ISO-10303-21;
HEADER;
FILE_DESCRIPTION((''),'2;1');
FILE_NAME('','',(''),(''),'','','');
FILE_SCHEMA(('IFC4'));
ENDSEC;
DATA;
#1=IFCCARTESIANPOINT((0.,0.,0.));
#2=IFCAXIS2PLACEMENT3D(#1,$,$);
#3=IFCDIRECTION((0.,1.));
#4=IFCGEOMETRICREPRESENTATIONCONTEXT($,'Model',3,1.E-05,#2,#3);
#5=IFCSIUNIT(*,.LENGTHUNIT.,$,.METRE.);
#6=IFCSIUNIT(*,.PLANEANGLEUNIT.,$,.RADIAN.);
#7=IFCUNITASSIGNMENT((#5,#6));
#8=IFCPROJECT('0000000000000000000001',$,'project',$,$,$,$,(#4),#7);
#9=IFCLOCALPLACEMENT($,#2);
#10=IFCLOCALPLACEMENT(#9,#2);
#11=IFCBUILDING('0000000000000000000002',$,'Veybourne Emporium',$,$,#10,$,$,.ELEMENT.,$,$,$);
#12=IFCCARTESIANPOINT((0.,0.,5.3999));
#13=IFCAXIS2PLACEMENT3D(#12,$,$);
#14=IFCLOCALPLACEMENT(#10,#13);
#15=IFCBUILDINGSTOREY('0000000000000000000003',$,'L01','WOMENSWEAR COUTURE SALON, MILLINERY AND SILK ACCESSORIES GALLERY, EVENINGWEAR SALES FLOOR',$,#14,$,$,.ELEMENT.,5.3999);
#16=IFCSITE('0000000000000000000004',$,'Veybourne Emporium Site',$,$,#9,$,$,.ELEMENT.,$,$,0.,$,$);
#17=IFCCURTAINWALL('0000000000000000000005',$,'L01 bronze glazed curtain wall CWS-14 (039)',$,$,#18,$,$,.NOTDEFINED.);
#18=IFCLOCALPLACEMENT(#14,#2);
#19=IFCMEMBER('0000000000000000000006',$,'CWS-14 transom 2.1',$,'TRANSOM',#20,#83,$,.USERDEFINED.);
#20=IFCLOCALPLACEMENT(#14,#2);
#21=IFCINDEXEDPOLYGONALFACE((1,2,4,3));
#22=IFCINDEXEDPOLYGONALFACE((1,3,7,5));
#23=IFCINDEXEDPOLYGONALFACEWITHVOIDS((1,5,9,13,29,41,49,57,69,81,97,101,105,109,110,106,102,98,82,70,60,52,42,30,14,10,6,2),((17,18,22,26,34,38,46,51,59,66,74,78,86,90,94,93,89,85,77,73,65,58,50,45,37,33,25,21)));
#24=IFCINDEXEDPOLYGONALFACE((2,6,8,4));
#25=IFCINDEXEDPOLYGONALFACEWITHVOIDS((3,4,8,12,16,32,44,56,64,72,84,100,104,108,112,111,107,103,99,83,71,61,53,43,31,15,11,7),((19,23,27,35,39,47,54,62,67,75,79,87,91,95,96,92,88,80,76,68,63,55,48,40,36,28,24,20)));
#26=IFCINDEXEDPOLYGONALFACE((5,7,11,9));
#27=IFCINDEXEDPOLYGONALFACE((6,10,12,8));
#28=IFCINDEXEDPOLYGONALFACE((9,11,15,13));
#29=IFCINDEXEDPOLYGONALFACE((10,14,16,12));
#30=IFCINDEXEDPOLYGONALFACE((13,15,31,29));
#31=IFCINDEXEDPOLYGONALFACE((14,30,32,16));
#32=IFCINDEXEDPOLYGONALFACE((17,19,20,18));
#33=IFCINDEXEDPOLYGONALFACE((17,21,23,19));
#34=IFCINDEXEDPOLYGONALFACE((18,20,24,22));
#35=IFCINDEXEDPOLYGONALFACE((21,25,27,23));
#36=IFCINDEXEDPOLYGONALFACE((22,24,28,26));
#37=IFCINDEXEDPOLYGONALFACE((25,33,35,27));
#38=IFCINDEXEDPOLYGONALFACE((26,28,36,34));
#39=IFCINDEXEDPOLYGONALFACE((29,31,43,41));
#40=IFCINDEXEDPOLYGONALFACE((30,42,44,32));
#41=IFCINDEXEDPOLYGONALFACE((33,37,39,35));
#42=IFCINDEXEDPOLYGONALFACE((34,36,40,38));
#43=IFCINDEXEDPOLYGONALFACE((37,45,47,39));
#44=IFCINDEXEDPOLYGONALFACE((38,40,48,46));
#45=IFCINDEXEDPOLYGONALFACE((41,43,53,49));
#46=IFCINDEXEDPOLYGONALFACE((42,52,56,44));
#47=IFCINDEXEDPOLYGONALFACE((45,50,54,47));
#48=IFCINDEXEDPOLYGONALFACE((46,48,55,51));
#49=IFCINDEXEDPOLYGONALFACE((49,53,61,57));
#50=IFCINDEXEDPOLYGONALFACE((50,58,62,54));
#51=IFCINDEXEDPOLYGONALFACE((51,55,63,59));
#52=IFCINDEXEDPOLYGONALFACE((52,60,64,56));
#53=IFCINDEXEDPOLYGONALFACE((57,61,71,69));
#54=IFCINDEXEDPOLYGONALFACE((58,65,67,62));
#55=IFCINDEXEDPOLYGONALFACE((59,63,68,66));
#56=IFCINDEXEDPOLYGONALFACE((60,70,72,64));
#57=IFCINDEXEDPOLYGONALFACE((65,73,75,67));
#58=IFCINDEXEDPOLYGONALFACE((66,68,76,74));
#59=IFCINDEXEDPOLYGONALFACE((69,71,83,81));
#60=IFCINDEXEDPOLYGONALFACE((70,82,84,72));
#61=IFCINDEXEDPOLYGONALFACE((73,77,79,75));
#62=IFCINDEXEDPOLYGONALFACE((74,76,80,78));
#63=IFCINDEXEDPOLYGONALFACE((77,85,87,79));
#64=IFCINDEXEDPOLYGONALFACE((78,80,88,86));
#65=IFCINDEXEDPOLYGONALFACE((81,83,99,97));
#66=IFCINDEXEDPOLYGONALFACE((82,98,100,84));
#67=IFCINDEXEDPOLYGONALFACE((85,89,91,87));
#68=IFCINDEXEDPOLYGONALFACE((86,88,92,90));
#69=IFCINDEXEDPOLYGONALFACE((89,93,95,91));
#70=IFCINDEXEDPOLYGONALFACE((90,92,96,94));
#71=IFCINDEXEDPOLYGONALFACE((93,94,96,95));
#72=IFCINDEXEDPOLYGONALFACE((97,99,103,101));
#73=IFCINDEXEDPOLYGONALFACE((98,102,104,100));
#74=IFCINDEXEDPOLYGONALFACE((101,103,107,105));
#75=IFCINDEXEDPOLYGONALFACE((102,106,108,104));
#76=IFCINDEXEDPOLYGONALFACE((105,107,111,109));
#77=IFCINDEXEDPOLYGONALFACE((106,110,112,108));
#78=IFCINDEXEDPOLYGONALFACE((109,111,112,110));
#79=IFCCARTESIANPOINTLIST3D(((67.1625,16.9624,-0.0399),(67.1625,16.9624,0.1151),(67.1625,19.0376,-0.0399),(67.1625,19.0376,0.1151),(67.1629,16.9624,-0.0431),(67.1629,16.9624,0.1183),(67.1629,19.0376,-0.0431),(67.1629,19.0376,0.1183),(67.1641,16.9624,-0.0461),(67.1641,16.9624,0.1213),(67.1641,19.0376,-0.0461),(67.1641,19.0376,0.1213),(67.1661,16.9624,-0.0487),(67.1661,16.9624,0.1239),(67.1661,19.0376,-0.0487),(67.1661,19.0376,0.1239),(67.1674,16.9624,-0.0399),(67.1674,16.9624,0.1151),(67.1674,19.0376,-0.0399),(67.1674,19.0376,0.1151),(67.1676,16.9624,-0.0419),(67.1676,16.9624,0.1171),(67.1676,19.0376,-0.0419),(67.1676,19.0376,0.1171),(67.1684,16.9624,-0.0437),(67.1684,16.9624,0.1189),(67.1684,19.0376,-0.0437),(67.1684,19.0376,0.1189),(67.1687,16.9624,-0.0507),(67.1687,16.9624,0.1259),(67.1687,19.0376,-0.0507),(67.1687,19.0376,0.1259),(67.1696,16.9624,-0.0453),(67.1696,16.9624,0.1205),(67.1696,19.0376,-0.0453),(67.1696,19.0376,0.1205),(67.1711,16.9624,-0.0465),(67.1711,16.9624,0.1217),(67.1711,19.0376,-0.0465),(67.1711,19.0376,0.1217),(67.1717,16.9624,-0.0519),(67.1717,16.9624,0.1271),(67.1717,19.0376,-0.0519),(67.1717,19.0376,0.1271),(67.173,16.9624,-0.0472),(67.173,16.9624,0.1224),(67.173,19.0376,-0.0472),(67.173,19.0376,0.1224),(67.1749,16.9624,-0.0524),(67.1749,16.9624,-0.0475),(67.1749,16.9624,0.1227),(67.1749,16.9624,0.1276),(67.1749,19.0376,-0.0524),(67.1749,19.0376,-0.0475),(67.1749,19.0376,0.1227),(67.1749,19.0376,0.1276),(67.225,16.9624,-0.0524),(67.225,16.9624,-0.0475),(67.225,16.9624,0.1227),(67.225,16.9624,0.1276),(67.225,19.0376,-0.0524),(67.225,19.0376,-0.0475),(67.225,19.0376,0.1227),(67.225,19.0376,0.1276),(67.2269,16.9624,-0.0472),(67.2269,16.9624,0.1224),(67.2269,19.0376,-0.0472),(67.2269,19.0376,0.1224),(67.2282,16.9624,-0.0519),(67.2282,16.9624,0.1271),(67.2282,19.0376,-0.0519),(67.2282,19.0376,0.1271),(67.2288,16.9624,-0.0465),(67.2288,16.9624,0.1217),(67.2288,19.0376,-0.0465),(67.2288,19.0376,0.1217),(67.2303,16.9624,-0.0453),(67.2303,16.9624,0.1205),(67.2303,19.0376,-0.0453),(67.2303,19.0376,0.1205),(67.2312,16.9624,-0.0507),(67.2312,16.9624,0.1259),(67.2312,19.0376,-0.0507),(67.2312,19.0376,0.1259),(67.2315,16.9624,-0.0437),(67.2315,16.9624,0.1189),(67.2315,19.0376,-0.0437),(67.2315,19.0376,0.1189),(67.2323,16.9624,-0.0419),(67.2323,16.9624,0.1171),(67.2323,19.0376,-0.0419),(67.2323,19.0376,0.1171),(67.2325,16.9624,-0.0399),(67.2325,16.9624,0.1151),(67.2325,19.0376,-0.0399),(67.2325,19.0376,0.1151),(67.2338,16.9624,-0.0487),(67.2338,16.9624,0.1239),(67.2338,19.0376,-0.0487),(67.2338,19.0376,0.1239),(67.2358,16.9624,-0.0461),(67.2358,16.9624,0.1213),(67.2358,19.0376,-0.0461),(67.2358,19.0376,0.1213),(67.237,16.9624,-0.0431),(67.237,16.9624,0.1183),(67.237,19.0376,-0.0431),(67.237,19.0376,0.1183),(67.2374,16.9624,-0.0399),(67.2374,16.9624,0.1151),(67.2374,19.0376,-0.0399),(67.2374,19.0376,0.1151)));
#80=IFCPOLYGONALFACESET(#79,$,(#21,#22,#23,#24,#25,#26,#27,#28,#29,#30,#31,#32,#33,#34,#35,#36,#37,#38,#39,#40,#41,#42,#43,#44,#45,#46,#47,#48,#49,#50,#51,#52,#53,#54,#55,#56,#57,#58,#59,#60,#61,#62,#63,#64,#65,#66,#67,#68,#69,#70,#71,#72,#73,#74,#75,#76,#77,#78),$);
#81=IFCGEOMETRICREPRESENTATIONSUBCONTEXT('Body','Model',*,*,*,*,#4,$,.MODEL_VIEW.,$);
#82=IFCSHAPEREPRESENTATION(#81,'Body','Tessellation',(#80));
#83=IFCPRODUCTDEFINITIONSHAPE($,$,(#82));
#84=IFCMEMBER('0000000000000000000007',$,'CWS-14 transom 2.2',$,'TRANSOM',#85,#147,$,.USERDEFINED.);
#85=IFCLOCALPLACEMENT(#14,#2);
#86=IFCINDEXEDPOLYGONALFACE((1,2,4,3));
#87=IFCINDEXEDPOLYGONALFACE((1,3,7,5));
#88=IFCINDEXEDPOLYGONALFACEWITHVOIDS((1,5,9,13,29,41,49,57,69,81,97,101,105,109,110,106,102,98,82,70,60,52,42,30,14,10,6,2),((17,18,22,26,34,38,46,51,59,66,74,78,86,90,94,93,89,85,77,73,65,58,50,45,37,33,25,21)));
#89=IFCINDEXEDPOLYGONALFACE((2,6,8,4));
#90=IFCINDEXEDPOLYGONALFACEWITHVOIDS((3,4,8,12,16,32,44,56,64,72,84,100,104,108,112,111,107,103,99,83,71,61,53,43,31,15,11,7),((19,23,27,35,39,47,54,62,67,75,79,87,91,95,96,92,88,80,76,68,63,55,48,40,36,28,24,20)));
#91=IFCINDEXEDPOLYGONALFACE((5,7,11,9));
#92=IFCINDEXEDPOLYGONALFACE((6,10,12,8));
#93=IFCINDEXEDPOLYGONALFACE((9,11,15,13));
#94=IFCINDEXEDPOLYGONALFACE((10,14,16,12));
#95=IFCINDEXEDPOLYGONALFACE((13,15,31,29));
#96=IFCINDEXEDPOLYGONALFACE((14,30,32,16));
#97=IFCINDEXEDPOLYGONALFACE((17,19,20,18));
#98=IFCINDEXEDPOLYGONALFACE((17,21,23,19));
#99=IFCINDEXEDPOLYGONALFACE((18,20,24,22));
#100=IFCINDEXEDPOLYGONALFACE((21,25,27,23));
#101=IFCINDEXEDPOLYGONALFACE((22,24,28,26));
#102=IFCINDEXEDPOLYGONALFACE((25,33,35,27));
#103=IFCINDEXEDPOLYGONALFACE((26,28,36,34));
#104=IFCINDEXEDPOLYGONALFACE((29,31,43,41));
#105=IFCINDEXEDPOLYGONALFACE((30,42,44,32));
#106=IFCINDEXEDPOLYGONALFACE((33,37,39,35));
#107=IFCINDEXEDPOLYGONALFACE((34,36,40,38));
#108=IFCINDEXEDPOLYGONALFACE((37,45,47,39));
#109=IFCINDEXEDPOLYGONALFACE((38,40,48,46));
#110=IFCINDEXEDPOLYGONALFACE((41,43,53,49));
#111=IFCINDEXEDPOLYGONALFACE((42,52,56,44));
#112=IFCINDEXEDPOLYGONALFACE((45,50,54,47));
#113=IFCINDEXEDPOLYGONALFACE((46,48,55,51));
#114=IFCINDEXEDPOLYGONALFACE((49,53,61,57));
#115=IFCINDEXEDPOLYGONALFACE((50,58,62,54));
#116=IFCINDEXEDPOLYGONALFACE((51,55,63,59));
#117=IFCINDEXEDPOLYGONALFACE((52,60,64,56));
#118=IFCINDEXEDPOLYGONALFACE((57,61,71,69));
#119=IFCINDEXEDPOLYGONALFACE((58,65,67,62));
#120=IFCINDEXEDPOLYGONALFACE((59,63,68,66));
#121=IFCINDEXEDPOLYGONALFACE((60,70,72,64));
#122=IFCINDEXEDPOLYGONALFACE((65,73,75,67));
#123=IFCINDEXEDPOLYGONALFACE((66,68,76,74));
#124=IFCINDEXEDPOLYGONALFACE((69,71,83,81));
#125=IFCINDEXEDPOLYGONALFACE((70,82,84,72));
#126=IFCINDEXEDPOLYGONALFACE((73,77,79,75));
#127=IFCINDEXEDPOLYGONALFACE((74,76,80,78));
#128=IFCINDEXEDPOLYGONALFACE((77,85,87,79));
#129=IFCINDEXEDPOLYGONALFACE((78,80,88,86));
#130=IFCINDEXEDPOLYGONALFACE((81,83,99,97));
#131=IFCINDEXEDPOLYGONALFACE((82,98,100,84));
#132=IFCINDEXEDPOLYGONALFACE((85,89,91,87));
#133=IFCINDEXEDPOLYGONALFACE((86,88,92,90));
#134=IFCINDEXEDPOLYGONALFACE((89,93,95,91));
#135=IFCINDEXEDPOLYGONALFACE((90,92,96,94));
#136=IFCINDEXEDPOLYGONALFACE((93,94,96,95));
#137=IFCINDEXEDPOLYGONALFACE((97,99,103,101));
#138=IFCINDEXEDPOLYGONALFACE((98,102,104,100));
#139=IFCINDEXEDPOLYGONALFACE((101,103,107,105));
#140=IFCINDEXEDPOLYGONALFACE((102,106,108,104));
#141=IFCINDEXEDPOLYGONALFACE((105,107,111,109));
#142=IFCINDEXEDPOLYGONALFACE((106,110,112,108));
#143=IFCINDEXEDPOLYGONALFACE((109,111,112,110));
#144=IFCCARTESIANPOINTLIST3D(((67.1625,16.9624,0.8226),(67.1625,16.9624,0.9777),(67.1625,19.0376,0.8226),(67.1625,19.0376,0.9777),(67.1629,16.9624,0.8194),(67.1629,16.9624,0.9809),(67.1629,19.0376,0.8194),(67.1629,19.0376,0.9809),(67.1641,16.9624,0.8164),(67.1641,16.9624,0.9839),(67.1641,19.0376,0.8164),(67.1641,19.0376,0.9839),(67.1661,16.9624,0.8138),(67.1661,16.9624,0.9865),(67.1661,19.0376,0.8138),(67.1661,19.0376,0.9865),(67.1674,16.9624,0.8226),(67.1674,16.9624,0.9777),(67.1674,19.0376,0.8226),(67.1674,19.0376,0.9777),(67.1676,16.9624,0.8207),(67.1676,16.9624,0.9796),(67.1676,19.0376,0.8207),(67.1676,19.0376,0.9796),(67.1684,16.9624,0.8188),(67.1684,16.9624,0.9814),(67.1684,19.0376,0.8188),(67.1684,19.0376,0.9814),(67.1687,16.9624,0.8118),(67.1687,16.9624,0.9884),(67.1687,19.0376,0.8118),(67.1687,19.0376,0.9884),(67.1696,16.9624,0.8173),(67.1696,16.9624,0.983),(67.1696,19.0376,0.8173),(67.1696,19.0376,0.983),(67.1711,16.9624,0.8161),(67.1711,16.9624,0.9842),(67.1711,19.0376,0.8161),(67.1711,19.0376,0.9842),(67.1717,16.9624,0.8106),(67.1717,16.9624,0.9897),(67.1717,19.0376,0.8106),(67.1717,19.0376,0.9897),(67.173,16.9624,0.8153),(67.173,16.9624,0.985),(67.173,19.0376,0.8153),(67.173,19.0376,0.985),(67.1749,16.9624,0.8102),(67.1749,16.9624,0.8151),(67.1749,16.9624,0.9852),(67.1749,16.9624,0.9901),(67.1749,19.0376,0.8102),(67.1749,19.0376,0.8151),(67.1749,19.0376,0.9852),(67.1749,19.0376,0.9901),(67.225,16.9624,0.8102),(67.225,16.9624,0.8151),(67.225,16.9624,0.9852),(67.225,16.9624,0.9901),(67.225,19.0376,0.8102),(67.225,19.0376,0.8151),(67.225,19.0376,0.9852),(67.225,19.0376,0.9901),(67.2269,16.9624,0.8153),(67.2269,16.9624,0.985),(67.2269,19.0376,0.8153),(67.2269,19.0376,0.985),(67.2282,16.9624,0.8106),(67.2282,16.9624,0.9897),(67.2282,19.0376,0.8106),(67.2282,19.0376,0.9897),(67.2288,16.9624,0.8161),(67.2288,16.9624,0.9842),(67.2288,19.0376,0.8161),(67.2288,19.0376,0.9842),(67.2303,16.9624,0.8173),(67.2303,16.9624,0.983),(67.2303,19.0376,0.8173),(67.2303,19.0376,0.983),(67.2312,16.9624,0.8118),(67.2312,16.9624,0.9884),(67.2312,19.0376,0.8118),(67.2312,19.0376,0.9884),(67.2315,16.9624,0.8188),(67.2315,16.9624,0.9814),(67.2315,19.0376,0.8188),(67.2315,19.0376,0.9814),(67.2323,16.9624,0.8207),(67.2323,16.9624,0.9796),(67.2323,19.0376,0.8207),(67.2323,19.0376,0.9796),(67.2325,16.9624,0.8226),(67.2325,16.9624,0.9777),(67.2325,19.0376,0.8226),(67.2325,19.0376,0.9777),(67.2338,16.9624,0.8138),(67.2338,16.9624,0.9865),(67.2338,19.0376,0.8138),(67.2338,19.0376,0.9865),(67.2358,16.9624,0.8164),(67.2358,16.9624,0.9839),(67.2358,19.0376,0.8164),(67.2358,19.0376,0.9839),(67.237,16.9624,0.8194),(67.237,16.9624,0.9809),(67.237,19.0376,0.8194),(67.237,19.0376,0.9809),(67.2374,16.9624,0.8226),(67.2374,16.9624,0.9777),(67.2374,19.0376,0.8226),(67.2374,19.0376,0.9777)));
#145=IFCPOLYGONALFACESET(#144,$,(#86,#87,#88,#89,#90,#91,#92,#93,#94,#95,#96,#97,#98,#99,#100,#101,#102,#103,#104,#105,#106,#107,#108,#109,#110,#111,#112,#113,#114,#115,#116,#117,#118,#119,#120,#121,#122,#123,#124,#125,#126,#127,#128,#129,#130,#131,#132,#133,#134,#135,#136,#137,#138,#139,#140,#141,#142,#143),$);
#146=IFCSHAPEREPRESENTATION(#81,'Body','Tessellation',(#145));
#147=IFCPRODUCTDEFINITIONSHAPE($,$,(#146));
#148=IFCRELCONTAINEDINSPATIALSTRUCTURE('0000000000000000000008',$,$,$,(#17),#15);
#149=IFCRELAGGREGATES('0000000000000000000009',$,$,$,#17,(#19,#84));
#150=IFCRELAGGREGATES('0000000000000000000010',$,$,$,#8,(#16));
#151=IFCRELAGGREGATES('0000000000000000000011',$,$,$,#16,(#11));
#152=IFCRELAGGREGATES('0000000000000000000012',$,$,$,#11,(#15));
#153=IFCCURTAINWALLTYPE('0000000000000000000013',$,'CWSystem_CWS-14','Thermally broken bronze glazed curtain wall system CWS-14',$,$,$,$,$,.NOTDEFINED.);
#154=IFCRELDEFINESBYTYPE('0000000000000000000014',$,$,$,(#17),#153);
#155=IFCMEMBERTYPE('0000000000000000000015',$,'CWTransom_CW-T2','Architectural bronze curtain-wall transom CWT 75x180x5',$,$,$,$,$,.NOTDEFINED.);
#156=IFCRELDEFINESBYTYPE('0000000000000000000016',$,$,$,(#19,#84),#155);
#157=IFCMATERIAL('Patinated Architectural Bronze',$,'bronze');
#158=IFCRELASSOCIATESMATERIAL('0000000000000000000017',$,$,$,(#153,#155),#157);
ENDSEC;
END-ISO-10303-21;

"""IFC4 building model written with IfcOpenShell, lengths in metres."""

from ifc_helpers import new_model, si_unit, direction, frame, origin, origin_2d, place, context, subcontext, project, spatial, hollow_rectangle, extrude, material, material_profile, profile_set, type_object, element, aggregate, save


model = new_model("IFC4")

# Units and contexts
model_context = context("Model", 3, precision=1e-05, world=origin(), true_north=direction((0.0, 1.0)))
body_context = subcontext(model_context, "Body", "Model", "MODEL_VIEW")
ifc_project = project(units=[si_unit("LENGTHUNIT", "METRE"), si_unit("PLANEANGLEUNIT", "RADIAN")], contexts=[model_context])

# Site, building, storey
site_placement = place(None, origin())
site = spatial("IfcSite", under=ifc_project, at=site_placement, Name="Veybourne Emporium Site", CompositionType="ELEMENT", RefElevation=0.0)
building_placement = place(site_placement, origin())
building = spatial("IfcBuilding", under=site, at=building_placement, Name="Veybourne Emporium", CompositionType="ELEMENT")
storey_placement = place(building_placement, frame((0.0, 0.0, 5.3999)))
storey = spatial("IfcBuildingStorey", under=building, at=storey_placement, Name="L01", Description="WOMENSWEAR COUTURE SALON, MILLINERY AND SILK ACCESSORIES GALLERY, EVENINGWEAR SALES FLOOR", CompositionType="ELEMENT", Elevation=5.3999)

# Curtain wall
ifc_material_1 = material(Name="Patinated Architectural Bronze", Category="bronze")
curtain_wall_type_1 = type_object("IfcCurtainWallType", Name="CWSystem_CWS-14", Description="Thermally broken bronze glazed curtain wall system CWS-14", PredefinedType="NOTDEFINED", material=ifc_material_1)
curtain_wall_1_placement = place(storey_placement, origin())
curtain_wall_1 = element("IfcCurtainWall", 1, at=curtain_wall_1_placement, inside=storey, type_object=curtain_wall_type_1, Name="L01 bronze glazed curtain wall CWS-14 (039)", PredefinedType="NOTDEFINED")

# Members
ifc_material_profile_1 = material_profile(ifc_material_1, hollow_rectangle(XDim=0.075, YDim=0.1799, WallThickness=0.0049, InnerFilletRadius=0.0076, OuterFilletRadius=0.0125, at=origin_2d()), Name="CWT 75x180x5")
ifc_profile_set_1 = profile_set([ifc_material_profile_1], Name="Patinated Architectural Bronze")
member_type_1 = type_object("IfcMemberType", Name="CWTransom_CW-T2", Description="Architectural bronze curtain-wall transom CWT 75x180x5", PredefinedType="NOTDEFINED", material=ifc_profile_set_1)
member_1_placement = place(storey_placement, frame((67.2, 16.9624, 0.0376), z_axis=(0.0, 1.0, 0.0), x_axis=(-1.0, 0.0, 0.0)))
member_1 = element("IfcMember", 2, at=member_1_placement, type_object=member_type_1, Name="CWS-14 transom 2.1", ObjectType="TRANSOM", PredefinedType="USERDEFINED", context=body_context, shape_type="SweptSolid", body=[
    extrude(hollow_rectangle(XDim=0.075, YDim=0.1799, WallThickness=0.0049, InnerFilletRadius=0.0076, OuterFilletRadius=0.0125, at=origin_2d()), origin(), (0.0, 0.0, 1.0), 2.0752),
])
member_2_placement = place(storey_placement, frame((67.2, 16.9624, 0.9001), z_axis=(0.0, 1.0, 0.0), x_axis=(-1.0, 0.0, 0.0)))
member_2 = element("IfcMember", 3, at=member_2_placement, type_object=member_type_1, Name="CWS-14 transom 2.2", ObjectType="TRANSOM", PredefinedType="USERDEFINED", context=body_context, shape_type="SweptSolid", body=[
    extrude(hollow_rectangle(XDim=0.075, YDim=0.1799, WallThickness=0.0049, InnerFilletRadius=0.0076, OuterFilletRadius=0.0125, at=origin_2d()), origin(), (0.0, 0.0, 1.0), 2.0752),
])

aggregate(curtain_wall_1, [member_1, member_2])

save(model, "model.ifc")
